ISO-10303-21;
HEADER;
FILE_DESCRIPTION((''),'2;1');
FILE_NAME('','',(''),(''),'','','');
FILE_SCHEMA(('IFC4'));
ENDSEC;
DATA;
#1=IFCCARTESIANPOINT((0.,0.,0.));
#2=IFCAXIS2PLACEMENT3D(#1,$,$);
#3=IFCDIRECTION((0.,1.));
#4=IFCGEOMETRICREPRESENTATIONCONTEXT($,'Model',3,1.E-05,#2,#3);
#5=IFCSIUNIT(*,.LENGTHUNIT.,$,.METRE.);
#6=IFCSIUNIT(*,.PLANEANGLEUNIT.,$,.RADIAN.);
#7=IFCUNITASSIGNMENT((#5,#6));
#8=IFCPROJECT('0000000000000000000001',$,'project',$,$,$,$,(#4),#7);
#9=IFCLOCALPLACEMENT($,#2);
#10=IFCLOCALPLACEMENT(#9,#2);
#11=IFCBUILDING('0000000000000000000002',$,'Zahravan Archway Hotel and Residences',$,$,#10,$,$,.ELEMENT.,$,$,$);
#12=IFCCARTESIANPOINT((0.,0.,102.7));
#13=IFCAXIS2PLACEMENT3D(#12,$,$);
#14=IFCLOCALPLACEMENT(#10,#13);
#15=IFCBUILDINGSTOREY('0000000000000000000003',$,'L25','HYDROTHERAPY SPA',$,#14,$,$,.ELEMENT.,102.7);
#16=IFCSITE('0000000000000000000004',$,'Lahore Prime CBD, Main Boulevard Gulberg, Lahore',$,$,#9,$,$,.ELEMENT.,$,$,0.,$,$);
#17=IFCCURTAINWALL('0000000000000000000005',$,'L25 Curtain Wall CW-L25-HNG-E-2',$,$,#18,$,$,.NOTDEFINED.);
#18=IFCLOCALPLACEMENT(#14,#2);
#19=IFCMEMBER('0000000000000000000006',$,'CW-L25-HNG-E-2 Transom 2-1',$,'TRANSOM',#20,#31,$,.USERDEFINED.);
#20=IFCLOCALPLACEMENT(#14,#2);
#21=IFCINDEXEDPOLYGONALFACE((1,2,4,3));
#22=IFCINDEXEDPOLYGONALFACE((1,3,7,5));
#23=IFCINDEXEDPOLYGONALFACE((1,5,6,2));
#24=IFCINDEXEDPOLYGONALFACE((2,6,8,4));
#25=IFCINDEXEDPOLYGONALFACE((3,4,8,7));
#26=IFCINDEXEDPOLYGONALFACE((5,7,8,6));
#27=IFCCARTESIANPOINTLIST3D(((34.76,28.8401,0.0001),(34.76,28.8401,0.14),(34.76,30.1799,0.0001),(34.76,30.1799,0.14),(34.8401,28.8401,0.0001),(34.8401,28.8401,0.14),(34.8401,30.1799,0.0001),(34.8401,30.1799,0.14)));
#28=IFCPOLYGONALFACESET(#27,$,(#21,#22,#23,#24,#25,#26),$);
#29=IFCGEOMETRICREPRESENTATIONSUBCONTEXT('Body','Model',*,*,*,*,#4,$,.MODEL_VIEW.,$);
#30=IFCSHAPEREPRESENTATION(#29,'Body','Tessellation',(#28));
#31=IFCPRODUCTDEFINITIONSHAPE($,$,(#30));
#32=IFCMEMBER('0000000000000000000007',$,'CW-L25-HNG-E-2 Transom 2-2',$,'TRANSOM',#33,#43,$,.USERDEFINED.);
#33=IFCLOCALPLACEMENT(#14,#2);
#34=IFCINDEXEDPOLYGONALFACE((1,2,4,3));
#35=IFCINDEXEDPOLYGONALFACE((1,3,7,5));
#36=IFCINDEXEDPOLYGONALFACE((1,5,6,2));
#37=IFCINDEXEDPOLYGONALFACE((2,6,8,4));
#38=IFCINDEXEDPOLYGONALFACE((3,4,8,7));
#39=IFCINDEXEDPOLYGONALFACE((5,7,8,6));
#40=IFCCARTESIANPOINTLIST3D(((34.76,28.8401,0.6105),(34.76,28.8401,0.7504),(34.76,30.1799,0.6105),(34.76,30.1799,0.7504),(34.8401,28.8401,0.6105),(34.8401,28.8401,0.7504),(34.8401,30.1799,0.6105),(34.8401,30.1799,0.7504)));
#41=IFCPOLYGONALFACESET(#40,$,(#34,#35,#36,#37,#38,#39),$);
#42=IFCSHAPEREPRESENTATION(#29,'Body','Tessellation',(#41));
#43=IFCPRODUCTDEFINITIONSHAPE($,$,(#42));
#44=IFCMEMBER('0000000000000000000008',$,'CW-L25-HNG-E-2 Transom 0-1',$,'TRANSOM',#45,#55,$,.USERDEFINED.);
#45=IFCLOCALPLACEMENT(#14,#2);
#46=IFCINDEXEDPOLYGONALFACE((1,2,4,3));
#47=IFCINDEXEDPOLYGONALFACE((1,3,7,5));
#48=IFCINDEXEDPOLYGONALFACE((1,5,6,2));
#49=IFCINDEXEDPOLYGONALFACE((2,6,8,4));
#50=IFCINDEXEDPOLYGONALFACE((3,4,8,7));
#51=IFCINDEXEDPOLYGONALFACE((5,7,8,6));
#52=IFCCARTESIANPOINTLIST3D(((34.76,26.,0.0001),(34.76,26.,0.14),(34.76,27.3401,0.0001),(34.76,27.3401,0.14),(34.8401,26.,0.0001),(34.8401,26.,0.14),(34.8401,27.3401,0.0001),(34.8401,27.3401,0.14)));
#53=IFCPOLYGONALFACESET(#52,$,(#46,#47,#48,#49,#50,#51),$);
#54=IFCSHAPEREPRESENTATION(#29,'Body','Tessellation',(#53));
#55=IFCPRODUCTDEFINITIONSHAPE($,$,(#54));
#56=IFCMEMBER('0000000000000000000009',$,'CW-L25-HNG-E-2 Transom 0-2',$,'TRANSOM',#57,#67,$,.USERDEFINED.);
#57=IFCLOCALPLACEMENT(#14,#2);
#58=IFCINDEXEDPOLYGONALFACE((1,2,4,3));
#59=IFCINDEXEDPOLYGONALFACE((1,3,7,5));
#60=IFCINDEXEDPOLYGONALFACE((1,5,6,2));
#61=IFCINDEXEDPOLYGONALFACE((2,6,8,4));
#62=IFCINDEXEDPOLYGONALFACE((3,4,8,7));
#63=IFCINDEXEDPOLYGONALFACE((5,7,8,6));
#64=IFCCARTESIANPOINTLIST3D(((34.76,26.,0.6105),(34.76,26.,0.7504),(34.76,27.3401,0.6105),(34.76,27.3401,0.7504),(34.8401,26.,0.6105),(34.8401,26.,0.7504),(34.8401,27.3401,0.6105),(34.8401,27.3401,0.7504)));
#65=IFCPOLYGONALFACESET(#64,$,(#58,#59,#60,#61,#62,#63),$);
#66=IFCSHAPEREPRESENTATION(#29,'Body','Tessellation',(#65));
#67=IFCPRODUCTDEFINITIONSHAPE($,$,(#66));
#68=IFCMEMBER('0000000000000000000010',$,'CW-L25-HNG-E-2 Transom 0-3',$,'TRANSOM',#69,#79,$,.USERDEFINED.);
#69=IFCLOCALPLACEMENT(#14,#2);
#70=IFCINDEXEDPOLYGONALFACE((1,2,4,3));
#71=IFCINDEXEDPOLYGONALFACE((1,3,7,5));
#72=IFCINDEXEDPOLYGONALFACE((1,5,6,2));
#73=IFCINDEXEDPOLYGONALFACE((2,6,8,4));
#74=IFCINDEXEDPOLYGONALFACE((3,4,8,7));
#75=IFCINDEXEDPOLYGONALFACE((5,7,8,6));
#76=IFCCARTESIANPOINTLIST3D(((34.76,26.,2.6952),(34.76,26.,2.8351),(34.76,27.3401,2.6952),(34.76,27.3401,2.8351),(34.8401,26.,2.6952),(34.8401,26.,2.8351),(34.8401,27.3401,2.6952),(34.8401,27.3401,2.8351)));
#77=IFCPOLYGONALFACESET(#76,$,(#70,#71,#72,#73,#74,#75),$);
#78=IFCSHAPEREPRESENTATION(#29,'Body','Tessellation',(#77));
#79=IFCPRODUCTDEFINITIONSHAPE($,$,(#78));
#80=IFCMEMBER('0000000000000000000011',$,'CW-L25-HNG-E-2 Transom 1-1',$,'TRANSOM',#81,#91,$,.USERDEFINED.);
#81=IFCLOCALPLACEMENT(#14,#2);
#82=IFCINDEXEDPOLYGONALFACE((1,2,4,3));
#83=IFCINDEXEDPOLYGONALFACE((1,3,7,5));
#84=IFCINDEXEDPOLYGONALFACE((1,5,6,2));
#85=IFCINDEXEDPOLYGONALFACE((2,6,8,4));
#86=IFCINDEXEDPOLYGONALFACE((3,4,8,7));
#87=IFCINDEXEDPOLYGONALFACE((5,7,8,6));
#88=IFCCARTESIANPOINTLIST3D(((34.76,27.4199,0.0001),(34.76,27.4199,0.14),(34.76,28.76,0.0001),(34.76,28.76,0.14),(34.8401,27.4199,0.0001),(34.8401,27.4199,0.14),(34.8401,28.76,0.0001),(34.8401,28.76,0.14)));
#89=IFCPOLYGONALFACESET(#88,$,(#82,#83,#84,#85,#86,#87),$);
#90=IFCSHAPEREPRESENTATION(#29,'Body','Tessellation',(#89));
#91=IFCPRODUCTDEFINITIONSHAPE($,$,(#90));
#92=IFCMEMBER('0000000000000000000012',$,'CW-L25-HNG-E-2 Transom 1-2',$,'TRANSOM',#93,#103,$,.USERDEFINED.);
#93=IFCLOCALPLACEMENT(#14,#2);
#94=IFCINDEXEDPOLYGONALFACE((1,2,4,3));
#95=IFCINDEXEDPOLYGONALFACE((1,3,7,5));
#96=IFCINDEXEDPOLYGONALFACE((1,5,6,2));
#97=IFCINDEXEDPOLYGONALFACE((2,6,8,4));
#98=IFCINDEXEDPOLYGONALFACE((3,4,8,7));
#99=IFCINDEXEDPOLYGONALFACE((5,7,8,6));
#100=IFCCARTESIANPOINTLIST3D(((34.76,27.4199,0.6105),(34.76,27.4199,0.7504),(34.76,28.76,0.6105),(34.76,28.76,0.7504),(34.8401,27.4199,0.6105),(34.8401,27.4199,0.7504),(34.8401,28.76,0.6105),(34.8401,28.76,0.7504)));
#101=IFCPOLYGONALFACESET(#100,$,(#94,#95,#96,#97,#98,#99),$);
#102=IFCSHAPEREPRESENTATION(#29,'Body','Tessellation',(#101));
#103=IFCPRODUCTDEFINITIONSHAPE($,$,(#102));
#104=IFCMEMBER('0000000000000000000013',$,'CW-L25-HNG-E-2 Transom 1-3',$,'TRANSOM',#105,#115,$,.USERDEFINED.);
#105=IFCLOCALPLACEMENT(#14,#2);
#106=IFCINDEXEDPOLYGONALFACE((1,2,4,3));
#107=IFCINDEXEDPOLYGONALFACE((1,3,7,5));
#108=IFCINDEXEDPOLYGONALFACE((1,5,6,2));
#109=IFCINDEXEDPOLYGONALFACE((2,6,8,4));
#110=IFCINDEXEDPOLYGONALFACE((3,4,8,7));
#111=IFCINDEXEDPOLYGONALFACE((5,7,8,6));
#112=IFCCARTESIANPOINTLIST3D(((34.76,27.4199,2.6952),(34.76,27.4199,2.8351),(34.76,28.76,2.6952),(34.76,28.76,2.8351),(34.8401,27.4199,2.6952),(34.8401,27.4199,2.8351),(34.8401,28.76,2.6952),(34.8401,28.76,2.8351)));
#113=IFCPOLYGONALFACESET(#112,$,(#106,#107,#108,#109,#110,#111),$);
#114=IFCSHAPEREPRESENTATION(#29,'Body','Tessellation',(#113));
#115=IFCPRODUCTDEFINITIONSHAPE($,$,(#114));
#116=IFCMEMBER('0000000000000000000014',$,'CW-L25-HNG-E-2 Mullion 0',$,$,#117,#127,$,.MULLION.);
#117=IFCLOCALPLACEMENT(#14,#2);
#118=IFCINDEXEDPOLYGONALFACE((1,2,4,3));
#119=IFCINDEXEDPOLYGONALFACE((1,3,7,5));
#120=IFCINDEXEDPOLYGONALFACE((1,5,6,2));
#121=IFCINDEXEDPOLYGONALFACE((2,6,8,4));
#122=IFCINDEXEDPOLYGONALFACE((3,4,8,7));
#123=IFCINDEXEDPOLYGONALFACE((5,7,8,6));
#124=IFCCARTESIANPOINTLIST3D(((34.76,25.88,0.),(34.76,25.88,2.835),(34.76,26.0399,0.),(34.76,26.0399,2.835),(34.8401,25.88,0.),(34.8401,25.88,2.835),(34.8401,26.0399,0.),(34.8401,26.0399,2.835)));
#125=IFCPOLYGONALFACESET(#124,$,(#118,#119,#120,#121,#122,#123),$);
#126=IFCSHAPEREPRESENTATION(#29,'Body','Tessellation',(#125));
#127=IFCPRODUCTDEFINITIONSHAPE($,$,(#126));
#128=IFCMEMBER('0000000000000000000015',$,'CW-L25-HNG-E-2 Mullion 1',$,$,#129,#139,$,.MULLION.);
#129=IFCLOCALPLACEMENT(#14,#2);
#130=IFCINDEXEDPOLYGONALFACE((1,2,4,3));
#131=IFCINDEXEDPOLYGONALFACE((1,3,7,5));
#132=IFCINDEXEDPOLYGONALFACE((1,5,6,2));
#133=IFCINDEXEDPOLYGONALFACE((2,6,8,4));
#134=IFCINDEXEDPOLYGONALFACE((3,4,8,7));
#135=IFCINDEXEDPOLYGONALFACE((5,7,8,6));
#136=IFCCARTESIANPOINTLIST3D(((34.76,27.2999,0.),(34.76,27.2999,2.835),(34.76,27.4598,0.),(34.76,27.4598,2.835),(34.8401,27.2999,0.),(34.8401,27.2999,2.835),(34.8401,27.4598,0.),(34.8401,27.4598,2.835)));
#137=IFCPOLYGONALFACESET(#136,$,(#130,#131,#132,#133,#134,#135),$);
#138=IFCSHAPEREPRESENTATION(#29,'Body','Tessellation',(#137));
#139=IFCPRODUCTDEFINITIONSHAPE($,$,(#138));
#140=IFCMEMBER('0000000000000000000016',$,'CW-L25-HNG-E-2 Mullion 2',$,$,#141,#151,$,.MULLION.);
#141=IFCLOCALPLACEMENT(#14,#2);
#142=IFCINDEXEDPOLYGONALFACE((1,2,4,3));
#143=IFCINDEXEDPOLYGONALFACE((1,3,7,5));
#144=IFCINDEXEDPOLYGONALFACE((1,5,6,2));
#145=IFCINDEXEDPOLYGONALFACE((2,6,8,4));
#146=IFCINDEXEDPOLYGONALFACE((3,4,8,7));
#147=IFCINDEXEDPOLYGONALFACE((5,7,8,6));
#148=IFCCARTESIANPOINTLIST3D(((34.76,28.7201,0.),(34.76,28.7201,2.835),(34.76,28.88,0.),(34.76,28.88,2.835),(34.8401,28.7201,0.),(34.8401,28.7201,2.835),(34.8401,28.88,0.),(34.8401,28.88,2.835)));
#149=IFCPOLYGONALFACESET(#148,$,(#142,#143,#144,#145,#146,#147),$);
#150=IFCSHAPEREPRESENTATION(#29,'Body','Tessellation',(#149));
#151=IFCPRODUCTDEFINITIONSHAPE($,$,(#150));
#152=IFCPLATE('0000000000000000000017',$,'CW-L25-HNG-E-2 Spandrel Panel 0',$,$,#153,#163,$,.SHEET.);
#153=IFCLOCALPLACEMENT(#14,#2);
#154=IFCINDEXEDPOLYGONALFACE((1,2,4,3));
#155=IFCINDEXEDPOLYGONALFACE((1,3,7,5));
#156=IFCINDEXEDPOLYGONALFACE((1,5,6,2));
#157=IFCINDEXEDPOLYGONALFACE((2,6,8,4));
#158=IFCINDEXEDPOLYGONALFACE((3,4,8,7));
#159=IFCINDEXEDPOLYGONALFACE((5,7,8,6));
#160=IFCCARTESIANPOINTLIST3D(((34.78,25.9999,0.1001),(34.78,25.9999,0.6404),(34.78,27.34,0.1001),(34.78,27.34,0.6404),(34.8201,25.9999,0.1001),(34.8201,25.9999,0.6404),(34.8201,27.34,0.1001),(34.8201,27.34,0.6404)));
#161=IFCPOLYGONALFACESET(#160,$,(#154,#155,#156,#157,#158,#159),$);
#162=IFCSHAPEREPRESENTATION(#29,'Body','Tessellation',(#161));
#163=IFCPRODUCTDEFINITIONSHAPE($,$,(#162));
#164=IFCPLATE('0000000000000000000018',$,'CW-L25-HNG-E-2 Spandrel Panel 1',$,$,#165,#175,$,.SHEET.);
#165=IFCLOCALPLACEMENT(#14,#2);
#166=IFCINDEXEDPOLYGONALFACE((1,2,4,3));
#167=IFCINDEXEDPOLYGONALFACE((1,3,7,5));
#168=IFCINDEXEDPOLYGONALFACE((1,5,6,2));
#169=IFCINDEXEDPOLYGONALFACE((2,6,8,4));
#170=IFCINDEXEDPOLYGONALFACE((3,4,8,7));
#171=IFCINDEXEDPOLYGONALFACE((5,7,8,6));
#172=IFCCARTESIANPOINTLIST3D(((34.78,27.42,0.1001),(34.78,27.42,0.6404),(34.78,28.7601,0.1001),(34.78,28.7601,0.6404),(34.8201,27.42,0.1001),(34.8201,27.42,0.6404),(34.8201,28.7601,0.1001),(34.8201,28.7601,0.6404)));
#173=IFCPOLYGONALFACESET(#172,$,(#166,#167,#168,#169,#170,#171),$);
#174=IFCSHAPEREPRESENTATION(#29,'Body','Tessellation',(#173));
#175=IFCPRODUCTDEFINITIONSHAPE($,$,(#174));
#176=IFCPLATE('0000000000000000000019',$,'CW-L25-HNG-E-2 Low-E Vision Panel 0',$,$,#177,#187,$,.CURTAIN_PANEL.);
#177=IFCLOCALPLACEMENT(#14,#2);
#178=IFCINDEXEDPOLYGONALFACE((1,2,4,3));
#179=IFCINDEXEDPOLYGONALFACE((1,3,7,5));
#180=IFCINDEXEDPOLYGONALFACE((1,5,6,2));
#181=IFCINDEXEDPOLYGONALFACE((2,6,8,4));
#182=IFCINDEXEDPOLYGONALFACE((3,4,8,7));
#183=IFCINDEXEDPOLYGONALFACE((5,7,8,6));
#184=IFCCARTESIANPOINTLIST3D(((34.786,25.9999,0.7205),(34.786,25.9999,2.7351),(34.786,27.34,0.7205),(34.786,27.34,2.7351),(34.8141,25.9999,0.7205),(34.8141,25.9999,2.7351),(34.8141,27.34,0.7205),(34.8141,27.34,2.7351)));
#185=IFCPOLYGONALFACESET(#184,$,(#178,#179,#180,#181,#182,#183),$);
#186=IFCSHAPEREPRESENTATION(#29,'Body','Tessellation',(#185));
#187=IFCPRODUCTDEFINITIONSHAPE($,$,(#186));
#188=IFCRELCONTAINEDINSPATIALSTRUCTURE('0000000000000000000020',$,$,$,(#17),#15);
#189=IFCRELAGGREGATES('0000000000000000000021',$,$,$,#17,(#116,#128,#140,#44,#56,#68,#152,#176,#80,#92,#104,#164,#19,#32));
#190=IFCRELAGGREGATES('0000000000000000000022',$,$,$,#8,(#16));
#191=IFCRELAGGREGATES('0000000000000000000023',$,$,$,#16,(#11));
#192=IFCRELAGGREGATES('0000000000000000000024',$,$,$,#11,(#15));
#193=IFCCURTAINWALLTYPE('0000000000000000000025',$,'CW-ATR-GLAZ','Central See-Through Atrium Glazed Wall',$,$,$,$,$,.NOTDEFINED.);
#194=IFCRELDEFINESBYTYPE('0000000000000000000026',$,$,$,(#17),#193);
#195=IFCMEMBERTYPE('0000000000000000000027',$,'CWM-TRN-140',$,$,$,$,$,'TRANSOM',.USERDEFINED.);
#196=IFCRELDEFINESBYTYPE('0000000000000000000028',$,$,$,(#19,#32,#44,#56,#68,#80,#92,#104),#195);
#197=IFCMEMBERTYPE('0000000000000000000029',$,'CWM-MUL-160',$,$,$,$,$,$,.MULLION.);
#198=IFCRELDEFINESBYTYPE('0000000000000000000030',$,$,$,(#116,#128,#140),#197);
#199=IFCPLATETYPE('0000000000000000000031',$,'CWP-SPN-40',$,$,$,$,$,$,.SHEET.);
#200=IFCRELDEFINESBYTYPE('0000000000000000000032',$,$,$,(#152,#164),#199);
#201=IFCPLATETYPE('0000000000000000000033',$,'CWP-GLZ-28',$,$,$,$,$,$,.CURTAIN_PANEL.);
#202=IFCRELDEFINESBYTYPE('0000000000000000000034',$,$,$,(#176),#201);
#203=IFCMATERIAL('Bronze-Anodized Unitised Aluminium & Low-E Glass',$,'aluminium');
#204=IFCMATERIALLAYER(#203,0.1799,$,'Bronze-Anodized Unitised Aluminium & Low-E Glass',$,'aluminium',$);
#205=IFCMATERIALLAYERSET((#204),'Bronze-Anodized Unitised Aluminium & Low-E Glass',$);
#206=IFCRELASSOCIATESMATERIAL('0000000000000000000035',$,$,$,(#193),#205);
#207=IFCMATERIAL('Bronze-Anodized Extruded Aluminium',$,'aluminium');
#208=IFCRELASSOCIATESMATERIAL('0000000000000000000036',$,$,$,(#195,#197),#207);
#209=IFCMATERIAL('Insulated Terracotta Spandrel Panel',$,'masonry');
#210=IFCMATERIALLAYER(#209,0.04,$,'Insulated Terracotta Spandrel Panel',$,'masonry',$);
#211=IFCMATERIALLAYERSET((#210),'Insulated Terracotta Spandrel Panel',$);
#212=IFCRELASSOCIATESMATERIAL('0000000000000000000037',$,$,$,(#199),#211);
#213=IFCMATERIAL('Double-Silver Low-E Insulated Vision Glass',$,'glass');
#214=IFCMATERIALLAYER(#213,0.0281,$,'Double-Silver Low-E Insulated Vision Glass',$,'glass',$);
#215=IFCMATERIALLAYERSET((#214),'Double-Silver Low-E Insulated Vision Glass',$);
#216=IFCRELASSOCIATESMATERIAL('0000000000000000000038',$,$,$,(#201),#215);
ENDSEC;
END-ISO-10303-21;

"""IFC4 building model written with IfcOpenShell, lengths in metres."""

from ifc_helpers import new_model, si_unit, direction, frame, origin, origin_2d, place, context, subcontext, project, spatial, rectangle, extrude, source, transform, mapped, material, layer, layer_set, material_profile, profile_set, type_object, element, aggregate, save


model = new_model("IFC4")

# Units and contexts
model_context = context("Model", 3, precision=1e-05, world=origin(), true_north=direction((0.0, 1.0)))
body_context = subcontext(model_context, "Body", "Model", "MODEL_VIEW")
ifc_project = project(units=[si_unit("LENGTHUNIT", "METRE"), si_unit("PLANEANGLEUNIT", "RADIAN")], contexts=[model_context])

# Site, building, storey
site_placement = place(None, origin())
site = spatial("IfcSite", under=ifc_project, at=site_placement, Name="Lahore Prime CBD, Main Boulevard Gulberg, Lahore", CompositionType="ELEMENT", RefElevation=0.0)
building_placement = place(site_placement, origin())
building = spatial("IfcBuilding", under=site, at=building_placement, Name="Zahravan Archway Hotel and Residences", CompositionType="ELEMENT")
storey_placement = place(building_placement, frame((0.0, 0.0, 102.7)))
storey = spatial("IfcBuildingStorey", under=building, at=storey_placement, Name="L25", Description="HYDROTHERAPY SPA", CompositionType="ELEMENT", Elevation=102.7)

# Curtain wall, members, plates
ifc_material_1 = material(Name="Bronze-Anodized Unitised Aluminium & Low-E Glass", Category="aluminium")
ifc_layer_1 = layer(ifc_material_1, 0.1799, Name="Bronze-Anodized Unitised Aluminium & Low-E Glass", Category="aluminium")
ifc_layer_set_1 = layer_set([ifc_layer_1], Name="Bronze-Anodized Unitised Aluminium & Low-E Glass")
curtain_wall_type = type_object("IfcCurtainWallType", Name="CW-ATR-GLAZ", Description="Central See-Through Atrium Glazed Wall", PredefinedType="NOTDEFINED", material=ifc_layer_set_1)
curtain_wall_placement = place(storey_placement, origin())
curtain_wall = element("IfcCurtainWall", 1, at=curtain_wall_placement, inside=storey, type_object=curtain_wall_type, Name="L25 Curtain Wall CW-L25-HNG-E-2", PredefinedType="NOTDEFINED")
ifc_material_2 = material(Name="Bronze-Anodized Extruded Aluminium", Category="aluminium")
ifc_material_profile_1 = material_profile(ifc_material_2, rectangle(XDim=0.0801, YDim=0.1399, at=origin_2d()), Name="TRN 80x140", Category="aluminium")
ifc_profile_set_1 = profile_set([ifc_material_profile_1], Name="Bronze-Anodized Extruded Aluminium")
member_type_1 = type_object("IfcMemberType", Name="CWM-TRN-140", ElementType="TRANSOM", PredefinedType="USERDEFINED", material=ifc_profile_set_1)
shared_shape_1 = source(origin(), body_context, "Body", "SweptSolid", [
    extrude(rectangle(XDim=0.0801, YDim=0.1399, at=origin_2d()), origin(), (0.0, 0.0, 1.0), 1.3398),
])
member_1_placement = place(storey_placement, frame((34.8, 28.8401, 0.0701), z_axis=(0.0, 1.0, 0.0), x_axis=(-1.0, 0.0, 0.0)))
member_1 = element("IfcMember", 2, at=member_1_placement, type_object=member_type_1, Name="CW-L25-HNG-E-2 Transom 2-1", ObjectType="TRANSOM", PredefinedType="USERDEFINED", context=body_context, shape_type="MappedRepresentation", body=[
    mapped(shared_shape_1, transform((0.0, 0.0, 0.0), scale=1.0)),
])
member_2_placement = place(storey_placement, frame((34.8, 28.8401, 0.6804), z_axis=(0.0, 1.0, 0.0), x_axis=(-1.0, 0.0, 0.0)))
member_2 = element("IfcMember", 3, at=member_2_placement, type_object=member_type_1, Name="CW-L25-HNG-E-2 Transom 2-2", ObjectType="TRANSOM", PredefinedType="USERDEFINED", context=body_context, shape_type="MappedRepresentation", body=[
    mapped(shared_shape_1, transform((0.0, 0.0, 0.0), scale=1.0)),
])
shared_shape_2 = source(origin(), body_context, "Body", "SweptSolid", [
    extrude(rectangle(XDim=0.0801, YDim=0.1399, at=origin_2d()), origin(), (0.0, 0.0, 1.0), 1.3401),
])
member_3_placement = place(storey_placement, frame((34.8, 26.0, 0.0701), z_axis=(0.0, 1.0, 0.0), x_axis=(-1.0, 0.0, 0.0)))
member_3 = element("IfcMember", 4, at=member_3_placement, type_object=member_type_1, Name="CW-L25-HNG-E-2 Transom 0-1", ObjectType="TRANSOM", PredefinedType="USERDEFINED", context=body_context, shape_type="MappedRepresentation", body=[
    mapped(shared_shape_2, transform((0.0, 0.0, 0.0), scale=1.0)),
])
member_4_placement = place(storey_placement, frame((34.8, 26.0, 0.6804), z_axis=(0.0, 1.0, 0.0), x_axis=(-1.0, 0.0, 0.0)))
member_4 = element("IfcMember", 5, at=member_4_placement, type_object=member_type_1, Name="CW-L25-HNG-E-2 Transom 0-2", ObjectType="TRANSOM", PredefinedType="USERDEFINED", context=body_context, shape_type="MappedRepresentation", body=[
    mapped(shared_shape_2, transform((0.0, 0.0, 0.0), scale=1.0)),
])
member_5_placement = place(storey_placement, frame((34.8, 26.0, 2.7651), z_axis=(0.0, 1.0, 0.0), x_axis=(-1.0, 0.0, 0.0)))
member_5 = element("IfcMember", 6, at=member_5_placement, type_object=member_type_1, Name="CW-L25-HNG-E-2 Transom 0-3", ObjectType="TRANSOM", PredefinedType="USERDEFINED", context=body_context, shape_type="MappedRepresentation", body=[
    mapped(shared_shape_2, transform((0.0, 0.0, 0.0), scale=1.0)),
])
member_6_placement = place(storey_placement, frame((34.8, 27.4199, 0.0701), z_axis=(0.0, 1.0, 0.0), x_axis=(-1.0, 0.0, 0.0)))
member_6 = element("IfcMember", 7, at=member_6_placement, type_object=member_type_1, Name="CW-L25-HNG-E-2 Transom 1-1", ObjectType="TRANSOM", PredefinedType="USERDEFINED", context=body_context, shape_type="MappedRepresentation", body=[
    mapped(shared_shape_2, transform((0.0, 0.0, 0.0), scale=1.0)),
])
member_7_placement = place(storey_placement, frame((34.8, 27.4199, 0.6804), z_axis=(0.0, 1.0, 0.0), x_axis=(-1.0, 0.0, 0.0)))
member_7 = element("IfcMember", 8, at=member_7_placement, type_object=member_type_1, Name="CW-L25-HNG-E-2 Transom 1-2", ObjectType="TRANSOM", PredefinedType="USERDEFINED", context=body_context, shape_type="MappedRepresentation", body=[
    mapped(shared_shape_2, transform((0.0, 0.0, 0.0), scale=1.0)),
])
member_8_placement = place(storey_placement, frame((34.8, 27.4199, 2.7651), z_axis=(0.0, 1.0, 0.0), x_axis=(-1.0, 0.0, 0.0)))
member_8 = element("IfcMember", 9, at=member_8_placement, type_object=member_type_1, Name="CW-L25-HNG-E-2 Transom 1-3", ObjectType="TRANSOM", PredefinedType="USERDEFINED", context=body_context, shape_type="MappedRepresentation", body=[
    mapped(shared_shape_2, transform((0.0, 0.0, 0.0), scale=1.0)),
])
ifc_material_profile_2 = material_profile(ifc_material_2, rectangle(XDim=0.0801, YDim=0.1599, at=origin_2d()), Name="MUL 80x160", Category="aluminium")
ifc_profile_set_2 = profile_set([ifc_material_profile_2], Name="Bronze-Anodized Extruded Aluminium")
member_type_2 = type_object("IfcMemberType", Name="CWM-MUL-160", PredefinedType="MULLION", material=ifc_profile_set_2)
shared_shape_3 = source(origin(), body_context, "Body", "SweptSolid", [
    extrude(rectangle(XDim=0.0801, YDim=0.1599, at=origin_2d()), origin(), (0.0, 0.0, 1.0), 2.835),
])
member_9_placement = place(storey_placement, frame((34.8, 25.96, 0.0), z_axis=(0.0, 0.0, 1.0), x_axis=(1.0, 0.0, 0.0)))
member_9 = element("IfcMember", 10, at=member_9_placement, type_object=member_type_2, Name="CW-L25-HNG-E-2 Mullion 0", PredefinedType="MULLION", context=body_context, shape_type="MappedRepresentation", body=[
    mapped(shared_shape_3, transform((0.0, 0.0, 0.0), scale=1.0)),
])
member_10_placement = place(storey_placement, frame((34.8, 27.3799, 0.0), z_axis=(0.0, 0.0, 1.0), x_axis=(1.0, 0.0, 0.0)))
member_10 = element("IfcMember", 11, at=member_10_placement, type_object=member_type_2, Name="CW-L25-HNG-E-2 Mullion 1", PredefinedType="MULLION", context=body_context, shape_type="MappedRepresentation", body=[
    mapped(shared_shape_3, transform((0.0, 0.0, 0.0), scale=1.0)),
])
member_11_placement = place(storey_placement, frame((34.8, 28.8, 0.0), z_axis=(0.0, 0.0, 1.0), x_axis=(1.0, 0.0, 0.0)))
member_11 = element("IfcMember", 12, at=member_11_placement, type_object=member_type_2, Name="CW-L25-HNG-E-2 Mullion 2", PredefinedType="MULLION", context=body_context, shape_type="MappedRepresentation", body=[
    mapped(shared_shape_3, transform((0.0, 0.0, 0.0), scale=1.0)),
])
ifc_material_3 = material(Name="Insulated Terracotta Spandrel Panel", Category="masonry")
ifc_layer_2 = layer(ifc_material_3, 0.04, Name="Insulated Terracotta Spandrel Panel", Category="masonry")
ifc_layer_set_2 = layer_set([ifc_layer_2], Name="Insulated Terracotta Spandrel Panel")
plate_type_1 = type_object("IfcPlateType", Name="CWP-SPN-40", PredefinedType="SHEET", material=ifc_layer_set_2)
shared_shape_4 = source(origin(), body_context, "Body", "SweptSolid", [
    extrude(rectangle(XDim=1.3401, YDim=0.04, at=origin_2d()), origin(), (0.0, 0.0, 1.0), 0.5403),
])
plate_1_placement = place(storey_placement, frame((34.8, 26.6699, 0.1001), z_axis=(0.0, 0.0, 1.0), x_axis=(0.0, 1.0, 0.0)))
plate_1 = element("IfcPlate", 13, at=plate_1_placement, type_object=plate_type_1, Name="CW-L25-HNG-E-2 Spandrel Panel 0", PredefinedType="SHEET", context=body_context, shape_type="MappedRepresentation", body=[
    mapped(shared_shape_4, transform((0.0, 0.0, 0.0), scale=1.0)),
])
plate_2_placement = place(storey_placement, frame((34.8, 28.0901, 0.1001), z_axis=(0.0, 0.0, 1.0), x_axis=(0.0, 1.0, 0.0)))
plate_2 = element("IfcPlate", 14, at=plate_2_placement, type_object=plate_type_1, Name="CW-L25-HNG-E-2 Spandrel Panel 1", PredefinedType="SHEET", context=body_context, shape_type="MappedRepresentation", body=[
    mapped(shared_shape_4, transform((0.0, 0.0, 0.0), scale=1.0)),
])
ifc_material_4 = material(Name="Double-Silver Low-E Insulated Vision Glass", Category="glass")
ifc_layer_3 = layer(ifc_material_4, 0.0281, Name="Double-Silver Low-E Insulated Vision Glass", Category="glass")
ifc_layer_set_3 = layer_set([ifc_layer_3], Name="Double-Silver Low-E Insulated Vision Glass")
plate_type_2 = type_object("IfcPlateType", Name="CWP-GLZ-28", PredefinedType="CURTAIN_PANEL", material=ifc_layer_set_3)
shared_shape_5 = source(origin(), body_context, "Body", "SweptSolid", [
    extrude(rectangle(XDim=1.3401, YDim=0.0281, at=origin_2d()), origin(), (0.0, 0.0, 1.0), 2.0146),
])
plate_3_placement = place(storey_placement, frame((34.8, 26.6699, 0.7205), z_axis=(0.0, 0.0, 1.0), x_axis=(0.0, 1.0, 0.0)))
plate_3 = element("IfcPlate", 15, at=plate_3_placement, type_object=plate_type_2, Name="CW-L25-HNG-E-2 Low-E Vision Panel 0", PredefinedType="CURTAIN_PANEL", context=body_context, shape_type="MappedRepresentation", body=[
    mapped(shared_shape_5, transform((0.0, 0.0, 0.0), scale=1.0)),
])
aggregate(curtain_wall, [member_9, member_10, member_11, member_3, member_4, member_5, plate_1, plate_3, member_6, member_7, member_8, plate_2, member_1, member_2])

save(model, "model.ifc")
